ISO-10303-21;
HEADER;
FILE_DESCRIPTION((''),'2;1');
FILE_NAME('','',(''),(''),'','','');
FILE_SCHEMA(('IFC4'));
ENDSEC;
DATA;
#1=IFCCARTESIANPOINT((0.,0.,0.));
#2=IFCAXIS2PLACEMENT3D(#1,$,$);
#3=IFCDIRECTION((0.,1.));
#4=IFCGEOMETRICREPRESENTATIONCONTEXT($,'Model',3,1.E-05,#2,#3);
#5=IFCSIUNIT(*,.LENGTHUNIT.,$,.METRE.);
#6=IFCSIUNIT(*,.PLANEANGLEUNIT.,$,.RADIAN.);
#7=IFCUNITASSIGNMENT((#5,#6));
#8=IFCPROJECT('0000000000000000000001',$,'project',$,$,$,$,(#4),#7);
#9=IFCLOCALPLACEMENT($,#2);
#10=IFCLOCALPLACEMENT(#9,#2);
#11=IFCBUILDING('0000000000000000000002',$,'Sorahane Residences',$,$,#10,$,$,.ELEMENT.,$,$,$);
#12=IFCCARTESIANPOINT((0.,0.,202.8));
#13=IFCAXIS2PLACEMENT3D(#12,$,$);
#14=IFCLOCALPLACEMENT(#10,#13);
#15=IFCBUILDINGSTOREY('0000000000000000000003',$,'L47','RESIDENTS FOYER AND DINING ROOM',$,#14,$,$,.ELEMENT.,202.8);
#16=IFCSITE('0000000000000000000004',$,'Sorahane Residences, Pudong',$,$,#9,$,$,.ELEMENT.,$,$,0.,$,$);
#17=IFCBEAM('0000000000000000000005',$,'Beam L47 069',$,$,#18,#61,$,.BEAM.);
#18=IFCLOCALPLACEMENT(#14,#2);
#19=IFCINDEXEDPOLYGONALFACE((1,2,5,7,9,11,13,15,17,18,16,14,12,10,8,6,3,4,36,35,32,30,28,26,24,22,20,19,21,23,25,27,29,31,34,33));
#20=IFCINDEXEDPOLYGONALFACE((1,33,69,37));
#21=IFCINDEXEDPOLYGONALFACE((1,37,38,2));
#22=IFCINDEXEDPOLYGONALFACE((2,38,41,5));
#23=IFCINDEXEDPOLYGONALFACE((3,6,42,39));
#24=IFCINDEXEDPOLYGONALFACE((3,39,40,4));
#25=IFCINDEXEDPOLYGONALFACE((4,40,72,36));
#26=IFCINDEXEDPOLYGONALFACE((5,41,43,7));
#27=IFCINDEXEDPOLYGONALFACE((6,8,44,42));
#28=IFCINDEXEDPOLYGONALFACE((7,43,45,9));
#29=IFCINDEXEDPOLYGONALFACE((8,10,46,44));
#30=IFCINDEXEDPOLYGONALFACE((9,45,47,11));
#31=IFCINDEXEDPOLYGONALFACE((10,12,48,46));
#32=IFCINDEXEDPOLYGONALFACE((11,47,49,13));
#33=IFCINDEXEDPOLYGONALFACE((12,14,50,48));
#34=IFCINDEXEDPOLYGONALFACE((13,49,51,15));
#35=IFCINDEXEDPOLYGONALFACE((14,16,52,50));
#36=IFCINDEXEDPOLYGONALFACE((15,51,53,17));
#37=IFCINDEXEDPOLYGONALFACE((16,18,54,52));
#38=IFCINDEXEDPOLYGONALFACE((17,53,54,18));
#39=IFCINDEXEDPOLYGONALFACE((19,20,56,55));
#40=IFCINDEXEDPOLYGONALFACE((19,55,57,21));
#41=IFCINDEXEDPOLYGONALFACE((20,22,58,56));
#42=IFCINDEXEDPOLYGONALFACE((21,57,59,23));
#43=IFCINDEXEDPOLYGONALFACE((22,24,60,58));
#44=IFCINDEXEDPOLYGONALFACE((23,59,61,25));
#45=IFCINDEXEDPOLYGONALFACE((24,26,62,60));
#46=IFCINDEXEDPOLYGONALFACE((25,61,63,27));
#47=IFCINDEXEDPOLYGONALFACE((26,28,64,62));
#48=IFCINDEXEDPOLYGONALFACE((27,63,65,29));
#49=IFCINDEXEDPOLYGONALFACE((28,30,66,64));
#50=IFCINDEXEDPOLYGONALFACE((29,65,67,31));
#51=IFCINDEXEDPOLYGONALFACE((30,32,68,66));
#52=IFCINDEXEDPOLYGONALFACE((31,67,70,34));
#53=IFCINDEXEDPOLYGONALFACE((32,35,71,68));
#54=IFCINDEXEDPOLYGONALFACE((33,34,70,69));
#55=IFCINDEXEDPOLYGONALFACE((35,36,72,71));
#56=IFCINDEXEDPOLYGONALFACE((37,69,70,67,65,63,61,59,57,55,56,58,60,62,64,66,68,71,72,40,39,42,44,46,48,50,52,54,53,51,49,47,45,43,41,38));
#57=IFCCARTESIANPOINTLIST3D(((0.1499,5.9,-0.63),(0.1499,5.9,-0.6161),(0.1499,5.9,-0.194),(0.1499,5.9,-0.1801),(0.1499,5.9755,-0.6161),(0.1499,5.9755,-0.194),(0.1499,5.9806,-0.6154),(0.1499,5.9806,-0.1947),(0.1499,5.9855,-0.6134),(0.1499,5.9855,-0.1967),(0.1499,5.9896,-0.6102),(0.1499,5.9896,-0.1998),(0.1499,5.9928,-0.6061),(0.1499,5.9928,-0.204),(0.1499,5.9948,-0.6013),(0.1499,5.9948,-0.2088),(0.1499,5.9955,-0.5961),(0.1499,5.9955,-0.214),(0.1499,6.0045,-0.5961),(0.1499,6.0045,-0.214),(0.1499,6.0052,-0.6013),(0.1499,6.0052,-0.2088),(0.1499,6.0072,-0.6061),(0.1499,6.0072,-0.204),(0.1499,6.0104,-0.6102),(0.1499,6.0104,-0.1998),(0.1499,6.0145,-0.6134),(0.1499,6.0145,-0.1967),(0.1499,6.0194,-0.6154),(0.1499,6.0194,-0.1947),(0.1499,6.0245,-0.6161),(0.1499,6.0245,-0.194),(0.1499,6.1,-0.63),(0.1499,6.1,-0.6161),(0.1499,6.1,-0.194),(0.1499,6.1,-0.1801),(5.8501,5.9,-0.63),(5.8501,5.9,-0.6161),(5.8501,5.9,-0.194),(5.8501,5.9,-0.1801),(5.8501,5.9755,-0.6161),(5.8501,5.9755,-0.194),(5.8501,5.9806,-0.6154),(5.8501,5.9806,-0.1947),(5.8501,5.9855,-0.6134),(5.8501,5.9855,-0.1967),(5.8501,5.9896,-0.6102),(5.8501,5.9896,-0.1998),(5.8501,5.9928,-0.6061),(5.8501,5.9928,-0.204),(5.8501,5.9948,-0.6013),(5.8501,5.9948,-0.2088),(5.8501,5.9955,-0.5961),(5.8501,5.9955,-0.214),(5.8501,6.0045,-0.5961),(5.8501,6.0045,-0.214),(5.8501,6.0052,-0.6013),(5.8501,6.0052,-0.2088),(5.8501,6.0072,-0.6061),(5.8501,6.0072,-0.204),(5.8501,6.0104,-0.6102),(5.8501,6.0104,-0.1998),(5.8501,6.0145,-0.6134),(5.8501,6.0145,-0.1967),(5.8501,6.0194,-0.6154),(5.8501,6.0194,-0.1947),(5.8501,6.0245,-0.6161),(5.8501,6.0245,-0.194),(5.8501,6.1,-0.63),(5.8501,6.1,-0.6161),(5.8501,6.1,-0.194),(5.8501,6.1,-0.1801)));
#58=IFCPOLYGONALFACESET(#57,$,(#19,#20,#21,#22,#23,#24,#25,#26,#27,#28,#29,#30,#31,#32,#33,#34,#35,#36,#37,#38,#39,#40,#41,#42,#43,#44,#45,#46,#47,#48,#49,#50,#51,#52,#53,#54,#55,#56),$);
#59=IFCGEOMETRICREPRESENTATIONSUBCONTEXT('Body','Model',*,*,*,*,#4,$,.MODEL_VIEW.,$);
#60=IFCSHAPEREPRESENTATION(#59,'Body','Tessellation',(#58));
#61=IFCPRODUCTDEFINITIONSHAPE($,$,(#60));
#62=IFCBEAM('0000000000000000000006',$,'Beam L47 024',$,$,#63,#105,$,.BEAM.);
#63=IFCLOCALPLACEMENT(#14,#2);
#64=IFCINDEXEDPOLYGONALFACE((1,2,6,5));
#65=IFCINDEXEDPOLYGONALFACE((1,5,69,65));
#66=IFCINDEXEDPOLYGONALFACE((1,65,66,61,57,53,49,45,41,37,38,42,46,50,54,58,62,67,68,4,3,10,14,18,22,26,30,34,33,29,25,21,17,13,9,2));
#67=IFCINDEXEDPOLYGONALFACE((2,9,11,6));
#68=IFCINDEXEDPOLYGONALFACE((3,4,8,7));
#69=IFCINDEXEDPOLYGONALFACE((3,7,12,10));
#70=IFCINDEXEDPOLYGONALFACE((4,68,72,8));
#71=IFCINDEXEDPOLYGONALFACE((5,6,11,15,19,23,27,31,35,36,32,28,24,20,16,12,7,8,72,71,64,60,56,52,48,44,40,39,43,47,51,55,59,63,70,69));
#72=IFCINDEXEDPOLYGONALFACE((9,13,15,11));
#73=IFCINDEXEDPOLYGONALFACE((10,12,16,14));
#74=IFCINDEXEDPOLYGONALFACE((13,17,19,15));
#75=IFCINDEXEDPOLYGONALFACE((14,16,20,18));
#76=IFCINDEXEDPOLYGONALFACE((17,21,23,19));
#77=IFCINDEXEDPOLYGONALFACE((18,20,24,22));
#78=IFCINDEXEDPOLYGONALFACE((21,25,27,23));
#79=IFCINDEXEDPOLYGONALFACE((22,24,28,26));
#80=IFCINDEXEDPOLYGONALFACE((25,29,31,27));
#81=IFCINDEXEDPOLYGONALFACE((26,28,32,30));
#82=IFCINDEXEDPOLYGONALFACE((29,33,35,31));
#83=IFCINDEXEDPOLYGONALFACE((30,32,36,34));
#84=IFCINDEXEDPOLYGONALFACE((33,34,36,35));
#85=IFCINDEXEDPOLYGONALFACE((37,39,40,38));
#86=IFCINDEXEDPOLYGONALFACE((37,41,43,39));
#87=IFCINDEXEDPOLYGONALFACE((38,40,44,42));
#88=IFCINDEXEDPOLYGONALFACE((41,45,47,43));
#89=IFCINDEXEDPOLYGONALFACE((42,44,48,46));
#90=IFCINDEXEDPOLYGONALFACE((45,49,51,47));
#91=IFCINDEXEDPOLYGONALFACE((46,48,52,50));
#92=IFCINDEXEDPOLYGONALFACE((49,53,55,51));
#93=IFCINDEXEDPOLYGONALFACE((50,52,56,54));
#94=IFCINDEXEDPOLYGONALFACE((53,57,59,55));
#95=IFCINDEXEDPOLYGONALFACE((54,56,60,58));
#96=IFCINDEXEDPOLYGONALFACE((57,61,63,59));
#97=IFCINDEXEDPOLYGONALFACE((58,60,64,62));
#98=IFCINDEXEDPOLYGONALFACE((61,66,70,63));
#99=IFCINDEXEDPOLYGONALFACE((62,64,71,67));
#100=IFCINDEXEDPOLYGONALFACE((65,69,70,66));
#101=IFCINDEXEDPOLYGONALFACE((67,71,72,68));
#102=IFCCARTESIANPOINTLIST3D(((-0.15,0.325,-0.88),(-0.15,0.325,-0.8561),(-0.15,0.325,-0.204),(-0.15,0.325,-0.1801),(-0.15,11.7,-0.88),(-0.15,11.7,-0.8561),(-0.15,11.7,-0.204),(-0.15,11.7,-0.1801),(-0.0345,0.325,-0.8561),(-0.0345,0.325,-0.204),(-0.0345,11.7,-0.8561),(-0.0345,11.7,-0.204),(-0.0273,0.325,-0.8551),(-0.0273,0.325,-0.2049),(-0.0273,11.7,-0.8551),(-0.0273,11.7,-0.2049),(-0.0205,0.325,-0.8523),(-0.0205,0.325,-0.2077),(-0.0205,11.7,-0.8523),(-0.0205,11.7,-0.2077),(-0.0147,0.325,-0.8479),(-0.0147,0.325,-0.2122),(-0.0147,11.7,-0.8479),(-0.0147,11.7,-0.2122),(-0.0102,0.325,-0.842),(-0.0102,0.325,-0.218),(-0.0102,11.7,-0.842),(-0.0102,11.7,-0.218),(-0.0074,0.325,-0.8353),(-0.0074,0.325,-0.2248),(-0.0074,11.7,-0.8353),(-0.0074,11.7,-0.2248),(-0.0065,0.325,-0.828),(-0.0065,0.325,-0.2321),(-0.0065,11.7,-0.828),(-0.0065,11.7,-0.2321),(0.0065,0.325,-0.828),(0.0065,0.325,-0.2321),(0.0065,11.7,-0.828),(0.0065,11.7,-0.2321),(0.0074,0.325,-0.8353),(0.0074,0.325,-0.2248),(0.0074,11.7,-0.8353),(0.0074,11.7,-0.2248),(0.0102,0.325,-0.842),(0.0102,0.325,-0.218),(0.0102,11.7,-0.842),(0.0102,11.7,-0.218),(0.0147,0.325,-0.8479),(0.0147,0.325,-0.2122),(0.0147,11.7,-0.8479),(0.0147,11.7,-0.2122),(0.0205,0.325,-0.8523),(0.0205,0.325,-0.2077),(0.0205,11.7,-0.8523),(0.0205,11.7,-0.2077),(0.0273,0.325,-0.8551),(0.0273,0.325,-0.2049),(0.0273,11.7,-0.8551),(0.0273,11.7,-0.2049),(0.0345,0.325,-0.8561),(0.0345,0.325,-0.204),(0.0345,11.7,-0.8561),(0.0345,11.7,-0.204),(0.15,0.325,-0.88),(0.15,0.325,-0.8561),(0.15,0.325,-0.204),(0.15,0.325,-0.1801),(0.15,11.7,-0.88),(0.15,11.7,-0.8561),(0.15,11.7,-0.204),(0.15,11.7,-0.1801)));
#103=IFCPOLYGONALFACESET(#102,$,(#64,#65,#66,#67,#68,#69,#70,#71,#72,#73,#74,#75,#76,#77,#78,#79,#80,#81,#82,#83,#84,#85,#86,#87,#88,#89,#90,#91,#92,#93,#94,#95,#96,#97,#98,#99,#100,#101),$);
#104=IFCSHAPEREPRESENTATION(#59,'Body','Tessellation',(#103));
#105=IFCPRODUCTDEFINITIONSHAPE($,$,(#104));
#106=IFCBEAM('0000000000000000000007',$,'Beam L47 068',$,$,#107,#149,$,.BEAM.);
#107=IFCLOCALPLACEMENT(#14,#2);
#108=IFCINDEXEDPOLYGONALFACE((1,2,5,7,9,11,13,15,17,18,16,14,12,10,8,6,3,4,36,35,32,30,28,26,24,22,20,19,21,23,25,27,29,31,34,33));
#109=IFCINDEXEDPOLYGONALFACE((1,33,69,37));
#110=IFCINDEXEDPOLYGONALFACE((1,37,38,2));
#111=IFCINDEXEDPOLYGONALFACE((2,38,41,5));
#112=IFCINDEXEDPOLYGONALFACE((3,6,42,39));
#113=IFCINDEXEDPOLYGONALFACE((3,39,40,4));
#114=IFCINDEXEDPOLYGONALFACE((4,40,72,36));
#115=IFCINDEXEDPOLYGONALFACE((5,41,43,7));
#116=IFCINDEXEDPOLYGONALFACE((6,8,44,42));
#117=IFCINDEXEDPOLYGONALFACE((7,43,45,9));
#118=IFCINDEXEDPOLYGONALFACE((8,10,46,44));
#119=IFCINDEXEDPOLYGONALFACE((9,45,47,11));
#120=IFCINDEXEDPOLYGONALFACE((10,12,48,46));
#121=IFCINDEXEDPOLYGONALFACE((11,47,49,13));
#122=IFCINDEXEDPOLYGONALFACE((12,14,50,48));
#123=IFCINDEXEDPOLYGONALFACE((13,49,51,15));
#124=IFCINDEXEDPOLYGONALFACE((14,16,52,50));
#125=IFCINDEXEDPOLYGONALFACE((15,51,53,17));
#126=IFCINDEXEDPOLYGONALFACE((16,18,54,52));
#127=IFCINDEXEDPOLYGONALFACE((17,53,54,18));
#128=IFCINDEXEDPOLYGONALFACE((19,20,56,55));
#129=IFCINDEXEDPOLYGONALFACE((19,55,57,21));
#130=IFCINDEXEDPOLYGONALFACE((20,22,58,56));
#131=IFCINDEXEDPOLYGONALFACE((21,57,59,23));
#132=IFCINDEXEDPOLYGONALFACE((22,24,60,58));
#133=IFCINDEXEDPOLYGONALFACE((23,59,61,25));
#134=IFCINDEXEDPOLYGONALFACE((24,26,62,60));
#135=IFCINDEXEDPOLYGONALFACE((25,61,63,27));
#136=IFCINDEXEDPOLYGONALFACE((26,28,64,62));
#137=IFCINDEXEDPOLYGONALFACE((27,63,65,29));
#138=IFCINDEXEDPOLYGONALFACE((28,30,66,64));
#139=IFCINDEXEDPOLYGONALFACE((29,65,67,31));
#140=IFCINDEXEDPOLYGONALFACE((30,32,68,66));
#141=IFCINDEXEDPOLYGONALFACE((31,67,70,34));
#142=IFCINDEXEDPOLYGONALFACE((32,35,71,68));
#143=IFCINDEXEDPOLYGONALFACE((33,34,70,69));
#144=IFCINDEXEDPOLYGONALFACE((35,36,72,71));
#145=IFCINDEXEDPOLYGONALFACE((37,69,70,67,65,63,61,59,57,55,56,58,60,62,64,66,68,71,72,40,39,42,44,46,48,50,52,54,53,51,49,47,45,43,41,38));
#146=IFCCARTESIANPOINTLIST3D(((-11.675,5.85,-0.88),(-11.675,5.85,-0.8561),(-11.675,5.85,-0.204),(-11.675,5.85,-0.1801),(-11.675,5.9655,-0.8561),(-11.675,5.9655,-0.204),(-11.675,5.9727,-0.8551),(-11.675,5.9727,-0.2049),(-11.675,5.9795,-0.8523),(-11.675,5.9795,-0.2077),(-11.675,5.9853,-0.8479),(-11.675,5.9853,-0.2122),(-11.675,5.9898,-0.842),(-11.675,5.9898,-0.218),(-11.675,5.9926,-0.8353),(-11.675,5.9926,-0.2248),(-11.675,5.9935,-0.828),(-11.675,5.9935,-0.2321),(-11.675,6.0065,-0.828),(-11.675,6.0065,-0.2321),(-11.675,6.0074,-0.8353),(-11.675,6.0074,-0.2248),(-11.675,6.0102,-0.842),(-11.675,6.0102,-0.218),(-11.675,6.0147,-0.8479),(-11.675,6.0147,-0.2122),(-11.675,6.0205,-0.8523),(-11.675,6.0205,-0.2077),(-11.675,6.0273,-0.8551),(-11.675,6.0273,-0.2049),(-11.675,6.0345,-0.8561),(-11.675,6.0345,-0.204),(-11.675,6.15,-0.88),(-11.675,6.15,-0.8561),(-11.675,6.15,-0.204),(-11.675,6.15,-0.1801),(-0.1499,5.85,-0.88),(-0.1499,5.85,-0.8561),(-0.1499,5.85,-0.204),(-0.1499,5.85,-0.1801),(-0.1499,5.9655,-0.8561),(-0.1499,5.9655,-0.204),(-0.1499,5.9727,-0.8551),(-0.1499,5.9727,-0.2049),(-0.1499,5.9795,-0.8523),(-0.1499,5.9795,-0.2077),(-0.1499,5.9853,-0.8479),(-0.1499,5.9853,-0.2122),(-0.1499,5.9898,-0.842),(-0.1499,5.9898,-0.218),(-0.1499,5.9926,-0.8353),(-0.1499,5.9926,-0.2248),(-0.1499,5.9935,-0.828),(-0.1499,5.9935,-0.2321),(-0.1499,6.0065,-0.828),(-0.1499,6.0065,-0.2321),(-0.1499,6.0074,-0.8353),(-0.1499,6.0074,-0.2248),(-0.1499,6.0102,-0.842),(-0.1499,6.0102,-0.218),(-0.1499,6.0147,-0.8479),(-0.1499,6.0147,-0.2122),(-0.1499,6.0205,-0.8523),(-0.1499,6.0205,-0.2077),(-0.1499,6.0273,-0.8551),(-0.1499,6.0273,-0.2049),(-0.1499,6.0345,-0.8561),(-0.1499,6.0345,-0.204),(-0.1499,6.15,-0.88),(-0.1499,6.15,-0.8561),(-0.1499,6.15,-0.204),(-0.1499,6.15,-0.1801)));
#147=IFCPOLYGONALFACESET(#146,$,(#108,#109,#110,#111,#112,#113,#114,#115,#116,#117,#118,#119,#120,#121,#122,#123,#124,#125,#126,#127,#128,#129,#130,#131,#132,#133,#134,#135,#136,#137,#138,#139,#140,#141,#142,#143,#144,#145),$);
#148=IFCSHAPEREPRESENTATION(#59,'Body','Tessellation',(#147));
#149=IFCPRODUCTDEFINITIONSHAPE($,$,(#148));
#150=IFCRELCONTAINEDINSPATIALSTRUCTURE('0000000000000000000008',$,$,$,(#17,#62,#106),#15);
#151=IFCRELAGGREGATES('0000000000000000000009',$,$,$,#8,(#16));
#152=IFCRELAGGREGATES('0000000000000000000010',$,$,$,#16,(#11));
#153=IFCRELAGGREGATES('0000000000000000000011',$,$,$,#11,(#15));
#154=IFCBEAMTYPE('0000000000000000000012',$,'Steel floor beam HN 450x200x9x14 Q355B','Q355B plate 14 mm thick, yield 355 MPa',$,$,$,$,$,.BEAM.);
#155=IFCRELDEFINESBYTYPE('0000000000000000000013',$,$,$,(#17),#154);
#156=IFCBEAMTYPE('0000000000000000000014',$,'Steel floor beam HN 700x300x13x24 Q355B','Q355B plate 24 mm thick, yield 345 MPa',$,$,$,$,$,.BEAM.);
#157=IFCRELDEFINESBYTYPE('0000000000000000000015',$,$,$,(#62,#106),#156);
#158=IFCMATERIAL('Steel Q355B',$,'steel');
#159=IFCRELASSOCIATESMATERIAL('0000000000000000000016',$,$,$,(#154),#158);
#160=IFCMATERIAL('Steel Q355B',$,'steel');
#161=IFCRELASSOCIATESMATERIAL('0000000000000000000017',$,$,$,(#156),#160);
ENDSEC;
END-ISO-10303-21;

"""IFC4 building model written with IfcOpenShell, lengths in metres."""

from ifc_helpers import new_model, si_unit, direction, frame, origin, origin_2d, place, context, subcontext, project, spatial, i_section, extrude, material, material_profile, profile_set, type_object, element, save


model = new_model("IFC4")

# Units and contexts
model_context = context("Model", 3, precision=1e-05, world=origin(), true_north=direction((0.0, 1.0)))
body_context = subcontext(model_context, "Body", "Model", "MODEL_VIEW")
ifc_project = project(units=[si_unit("LENGTHUNIT", "METRE"), si_unit("PLANEANGLEUNIT", "RADIAN")], contexts=[model_context])

# Site, building, storey
site_placement = place(None, origin())
site = spatial("IfcSite", under=ifc_project, at=site_placement, Name="Sorahane Residences, Pudong", CompositionType="ELEMENT", RefElevation=0.0)
building_placement = place(site_placement, origin())
building = spatial("IfcBuilding", under=site, at=building_placement, Name="Sorahane Residences", CompositionType="ELEMENT")
storey_placement = place(building_placement, frame((0.0, 0.0, 202.8)))
storey = spatial("IfcBuildingStorey", under=building, at=storey_placement, Name="L47", Description="RESIDENTS FOYER AND DINING ROOM", CompositionType="ELEMENT", Elevation=202.8)

# Beams
ifc_material_1 = material(Name="Steel Q355B", Category="steel")
ifc_material_profile_1 = material_profile(ifc_material_1, i_section(OverallWidth=0.2, OverallDepth=0.45, WebThickness=0.009, FlangeThickness=0.0139, FilletRadius=0.02, at=origin_2d()), Name="HN 450x200x9x14")
ifc_profile_set_1 = profile_set([ifc_material_profile_1], Name="Steel Q355B")
beam_type_1 = type_object("IfcBeamType", Name="Steel floor beam HN 450x200x9x14 Q355B", Description="Q355B plate 14 mm thick, yield 355 MPa", PredefinedType="BEAM", material=ifc_profile_set_1)
beam_1_placement = place(storey_placement, frame((0.1499, 6.0, -0.405), z_axis=(1.0, 0.0, 0.0), x_axis=(0.0, 1.0, 0.0)))
element("IfcBeam", 1, at=beam_1_placement, inside=storey, type_object=beam_type_1, Name="Beam L47 069", PredefinedType="BEAM", context=body_context, shape_type="SweptSolid", body=[
    extrude(i_section(OverallWidth=0.2, OverallDepth=0.45, WebThickness=0.009, FlangeThickness=0.0139, FilletRadius=0.02, at=origin_2d()), origin(), (0.0, 0.0, 1.0), 5.7002),
])
ifc_material_2 = material(Name="Steel Q355B", Category="steel")
ifc_material_profile_2 = material_profile(ifc_material_2, i_section(OverallWidth=0.3, OverallDepth=0.7, WebThickness=0.0129, FlangeThickness=0.0239, FilletRadius=0.0281, at=origin_2d()), Name="HN 700x300x13x24")
ifc_profile_set_2 = profile_set([ifc_material_profile_2], Name="Steel Q355B")
beam_type_2 = type_object("IfcBeamType", Name="Steel floor beam HN 700x300x13x24 Q355B", Description="Q355B plate 24 mm thick, yield 345 MPa", PredefinedType="BEAM", material=ifc_profile_set_2)
beam_2_placement = place(storey_placement, frame((0.0, 0.325, -0.53), z_axis=(0.0, 1.0, 0.0), x_axis=(-1.0, 0.0, 0.0)))
element("IfcBeam", 2, at=beam_2_placement, inside=storey, type_object=beam_type_2, Name="Beam L47 024", PredefinedType="BEAM", context=body_context, shape_type="SweptSolid", body=[
    extrude(i_section(OverallWidth=0.3, OverallDepth=0.7, WebThickness=0.0129, FlangeThickness=0.0239, FilletRadius=0.0281, at=origin_2d()), origin(), (0.0, 0.0, 1.0), 11.375),
])
beam_3_placement = place(storey_placement, frame((-11.675, 6.0, -0.53), z_axis=(1.0, 0.0, 0.0), x_axis=(0.0, 1.0, 0.0)))
element("IfcBeam", 3, at=beam_3_placement, inside=storey, type_object=beam_type_2, Name="Beam L47 068", PredefinedType="BEAM", context=body_context, shape_type="SweptSolid", body=[
    extrude(i_section(OverallWidth=0.3, OverallDepth=0.7, WebThickness=0.0129, FlangeThickness=0.0239, FilletRadius=0.0281, at=origin_2d()), origin(), (0.0, 0.0, 1.0), 11.5251),
])

save(model, "model.ifc")
